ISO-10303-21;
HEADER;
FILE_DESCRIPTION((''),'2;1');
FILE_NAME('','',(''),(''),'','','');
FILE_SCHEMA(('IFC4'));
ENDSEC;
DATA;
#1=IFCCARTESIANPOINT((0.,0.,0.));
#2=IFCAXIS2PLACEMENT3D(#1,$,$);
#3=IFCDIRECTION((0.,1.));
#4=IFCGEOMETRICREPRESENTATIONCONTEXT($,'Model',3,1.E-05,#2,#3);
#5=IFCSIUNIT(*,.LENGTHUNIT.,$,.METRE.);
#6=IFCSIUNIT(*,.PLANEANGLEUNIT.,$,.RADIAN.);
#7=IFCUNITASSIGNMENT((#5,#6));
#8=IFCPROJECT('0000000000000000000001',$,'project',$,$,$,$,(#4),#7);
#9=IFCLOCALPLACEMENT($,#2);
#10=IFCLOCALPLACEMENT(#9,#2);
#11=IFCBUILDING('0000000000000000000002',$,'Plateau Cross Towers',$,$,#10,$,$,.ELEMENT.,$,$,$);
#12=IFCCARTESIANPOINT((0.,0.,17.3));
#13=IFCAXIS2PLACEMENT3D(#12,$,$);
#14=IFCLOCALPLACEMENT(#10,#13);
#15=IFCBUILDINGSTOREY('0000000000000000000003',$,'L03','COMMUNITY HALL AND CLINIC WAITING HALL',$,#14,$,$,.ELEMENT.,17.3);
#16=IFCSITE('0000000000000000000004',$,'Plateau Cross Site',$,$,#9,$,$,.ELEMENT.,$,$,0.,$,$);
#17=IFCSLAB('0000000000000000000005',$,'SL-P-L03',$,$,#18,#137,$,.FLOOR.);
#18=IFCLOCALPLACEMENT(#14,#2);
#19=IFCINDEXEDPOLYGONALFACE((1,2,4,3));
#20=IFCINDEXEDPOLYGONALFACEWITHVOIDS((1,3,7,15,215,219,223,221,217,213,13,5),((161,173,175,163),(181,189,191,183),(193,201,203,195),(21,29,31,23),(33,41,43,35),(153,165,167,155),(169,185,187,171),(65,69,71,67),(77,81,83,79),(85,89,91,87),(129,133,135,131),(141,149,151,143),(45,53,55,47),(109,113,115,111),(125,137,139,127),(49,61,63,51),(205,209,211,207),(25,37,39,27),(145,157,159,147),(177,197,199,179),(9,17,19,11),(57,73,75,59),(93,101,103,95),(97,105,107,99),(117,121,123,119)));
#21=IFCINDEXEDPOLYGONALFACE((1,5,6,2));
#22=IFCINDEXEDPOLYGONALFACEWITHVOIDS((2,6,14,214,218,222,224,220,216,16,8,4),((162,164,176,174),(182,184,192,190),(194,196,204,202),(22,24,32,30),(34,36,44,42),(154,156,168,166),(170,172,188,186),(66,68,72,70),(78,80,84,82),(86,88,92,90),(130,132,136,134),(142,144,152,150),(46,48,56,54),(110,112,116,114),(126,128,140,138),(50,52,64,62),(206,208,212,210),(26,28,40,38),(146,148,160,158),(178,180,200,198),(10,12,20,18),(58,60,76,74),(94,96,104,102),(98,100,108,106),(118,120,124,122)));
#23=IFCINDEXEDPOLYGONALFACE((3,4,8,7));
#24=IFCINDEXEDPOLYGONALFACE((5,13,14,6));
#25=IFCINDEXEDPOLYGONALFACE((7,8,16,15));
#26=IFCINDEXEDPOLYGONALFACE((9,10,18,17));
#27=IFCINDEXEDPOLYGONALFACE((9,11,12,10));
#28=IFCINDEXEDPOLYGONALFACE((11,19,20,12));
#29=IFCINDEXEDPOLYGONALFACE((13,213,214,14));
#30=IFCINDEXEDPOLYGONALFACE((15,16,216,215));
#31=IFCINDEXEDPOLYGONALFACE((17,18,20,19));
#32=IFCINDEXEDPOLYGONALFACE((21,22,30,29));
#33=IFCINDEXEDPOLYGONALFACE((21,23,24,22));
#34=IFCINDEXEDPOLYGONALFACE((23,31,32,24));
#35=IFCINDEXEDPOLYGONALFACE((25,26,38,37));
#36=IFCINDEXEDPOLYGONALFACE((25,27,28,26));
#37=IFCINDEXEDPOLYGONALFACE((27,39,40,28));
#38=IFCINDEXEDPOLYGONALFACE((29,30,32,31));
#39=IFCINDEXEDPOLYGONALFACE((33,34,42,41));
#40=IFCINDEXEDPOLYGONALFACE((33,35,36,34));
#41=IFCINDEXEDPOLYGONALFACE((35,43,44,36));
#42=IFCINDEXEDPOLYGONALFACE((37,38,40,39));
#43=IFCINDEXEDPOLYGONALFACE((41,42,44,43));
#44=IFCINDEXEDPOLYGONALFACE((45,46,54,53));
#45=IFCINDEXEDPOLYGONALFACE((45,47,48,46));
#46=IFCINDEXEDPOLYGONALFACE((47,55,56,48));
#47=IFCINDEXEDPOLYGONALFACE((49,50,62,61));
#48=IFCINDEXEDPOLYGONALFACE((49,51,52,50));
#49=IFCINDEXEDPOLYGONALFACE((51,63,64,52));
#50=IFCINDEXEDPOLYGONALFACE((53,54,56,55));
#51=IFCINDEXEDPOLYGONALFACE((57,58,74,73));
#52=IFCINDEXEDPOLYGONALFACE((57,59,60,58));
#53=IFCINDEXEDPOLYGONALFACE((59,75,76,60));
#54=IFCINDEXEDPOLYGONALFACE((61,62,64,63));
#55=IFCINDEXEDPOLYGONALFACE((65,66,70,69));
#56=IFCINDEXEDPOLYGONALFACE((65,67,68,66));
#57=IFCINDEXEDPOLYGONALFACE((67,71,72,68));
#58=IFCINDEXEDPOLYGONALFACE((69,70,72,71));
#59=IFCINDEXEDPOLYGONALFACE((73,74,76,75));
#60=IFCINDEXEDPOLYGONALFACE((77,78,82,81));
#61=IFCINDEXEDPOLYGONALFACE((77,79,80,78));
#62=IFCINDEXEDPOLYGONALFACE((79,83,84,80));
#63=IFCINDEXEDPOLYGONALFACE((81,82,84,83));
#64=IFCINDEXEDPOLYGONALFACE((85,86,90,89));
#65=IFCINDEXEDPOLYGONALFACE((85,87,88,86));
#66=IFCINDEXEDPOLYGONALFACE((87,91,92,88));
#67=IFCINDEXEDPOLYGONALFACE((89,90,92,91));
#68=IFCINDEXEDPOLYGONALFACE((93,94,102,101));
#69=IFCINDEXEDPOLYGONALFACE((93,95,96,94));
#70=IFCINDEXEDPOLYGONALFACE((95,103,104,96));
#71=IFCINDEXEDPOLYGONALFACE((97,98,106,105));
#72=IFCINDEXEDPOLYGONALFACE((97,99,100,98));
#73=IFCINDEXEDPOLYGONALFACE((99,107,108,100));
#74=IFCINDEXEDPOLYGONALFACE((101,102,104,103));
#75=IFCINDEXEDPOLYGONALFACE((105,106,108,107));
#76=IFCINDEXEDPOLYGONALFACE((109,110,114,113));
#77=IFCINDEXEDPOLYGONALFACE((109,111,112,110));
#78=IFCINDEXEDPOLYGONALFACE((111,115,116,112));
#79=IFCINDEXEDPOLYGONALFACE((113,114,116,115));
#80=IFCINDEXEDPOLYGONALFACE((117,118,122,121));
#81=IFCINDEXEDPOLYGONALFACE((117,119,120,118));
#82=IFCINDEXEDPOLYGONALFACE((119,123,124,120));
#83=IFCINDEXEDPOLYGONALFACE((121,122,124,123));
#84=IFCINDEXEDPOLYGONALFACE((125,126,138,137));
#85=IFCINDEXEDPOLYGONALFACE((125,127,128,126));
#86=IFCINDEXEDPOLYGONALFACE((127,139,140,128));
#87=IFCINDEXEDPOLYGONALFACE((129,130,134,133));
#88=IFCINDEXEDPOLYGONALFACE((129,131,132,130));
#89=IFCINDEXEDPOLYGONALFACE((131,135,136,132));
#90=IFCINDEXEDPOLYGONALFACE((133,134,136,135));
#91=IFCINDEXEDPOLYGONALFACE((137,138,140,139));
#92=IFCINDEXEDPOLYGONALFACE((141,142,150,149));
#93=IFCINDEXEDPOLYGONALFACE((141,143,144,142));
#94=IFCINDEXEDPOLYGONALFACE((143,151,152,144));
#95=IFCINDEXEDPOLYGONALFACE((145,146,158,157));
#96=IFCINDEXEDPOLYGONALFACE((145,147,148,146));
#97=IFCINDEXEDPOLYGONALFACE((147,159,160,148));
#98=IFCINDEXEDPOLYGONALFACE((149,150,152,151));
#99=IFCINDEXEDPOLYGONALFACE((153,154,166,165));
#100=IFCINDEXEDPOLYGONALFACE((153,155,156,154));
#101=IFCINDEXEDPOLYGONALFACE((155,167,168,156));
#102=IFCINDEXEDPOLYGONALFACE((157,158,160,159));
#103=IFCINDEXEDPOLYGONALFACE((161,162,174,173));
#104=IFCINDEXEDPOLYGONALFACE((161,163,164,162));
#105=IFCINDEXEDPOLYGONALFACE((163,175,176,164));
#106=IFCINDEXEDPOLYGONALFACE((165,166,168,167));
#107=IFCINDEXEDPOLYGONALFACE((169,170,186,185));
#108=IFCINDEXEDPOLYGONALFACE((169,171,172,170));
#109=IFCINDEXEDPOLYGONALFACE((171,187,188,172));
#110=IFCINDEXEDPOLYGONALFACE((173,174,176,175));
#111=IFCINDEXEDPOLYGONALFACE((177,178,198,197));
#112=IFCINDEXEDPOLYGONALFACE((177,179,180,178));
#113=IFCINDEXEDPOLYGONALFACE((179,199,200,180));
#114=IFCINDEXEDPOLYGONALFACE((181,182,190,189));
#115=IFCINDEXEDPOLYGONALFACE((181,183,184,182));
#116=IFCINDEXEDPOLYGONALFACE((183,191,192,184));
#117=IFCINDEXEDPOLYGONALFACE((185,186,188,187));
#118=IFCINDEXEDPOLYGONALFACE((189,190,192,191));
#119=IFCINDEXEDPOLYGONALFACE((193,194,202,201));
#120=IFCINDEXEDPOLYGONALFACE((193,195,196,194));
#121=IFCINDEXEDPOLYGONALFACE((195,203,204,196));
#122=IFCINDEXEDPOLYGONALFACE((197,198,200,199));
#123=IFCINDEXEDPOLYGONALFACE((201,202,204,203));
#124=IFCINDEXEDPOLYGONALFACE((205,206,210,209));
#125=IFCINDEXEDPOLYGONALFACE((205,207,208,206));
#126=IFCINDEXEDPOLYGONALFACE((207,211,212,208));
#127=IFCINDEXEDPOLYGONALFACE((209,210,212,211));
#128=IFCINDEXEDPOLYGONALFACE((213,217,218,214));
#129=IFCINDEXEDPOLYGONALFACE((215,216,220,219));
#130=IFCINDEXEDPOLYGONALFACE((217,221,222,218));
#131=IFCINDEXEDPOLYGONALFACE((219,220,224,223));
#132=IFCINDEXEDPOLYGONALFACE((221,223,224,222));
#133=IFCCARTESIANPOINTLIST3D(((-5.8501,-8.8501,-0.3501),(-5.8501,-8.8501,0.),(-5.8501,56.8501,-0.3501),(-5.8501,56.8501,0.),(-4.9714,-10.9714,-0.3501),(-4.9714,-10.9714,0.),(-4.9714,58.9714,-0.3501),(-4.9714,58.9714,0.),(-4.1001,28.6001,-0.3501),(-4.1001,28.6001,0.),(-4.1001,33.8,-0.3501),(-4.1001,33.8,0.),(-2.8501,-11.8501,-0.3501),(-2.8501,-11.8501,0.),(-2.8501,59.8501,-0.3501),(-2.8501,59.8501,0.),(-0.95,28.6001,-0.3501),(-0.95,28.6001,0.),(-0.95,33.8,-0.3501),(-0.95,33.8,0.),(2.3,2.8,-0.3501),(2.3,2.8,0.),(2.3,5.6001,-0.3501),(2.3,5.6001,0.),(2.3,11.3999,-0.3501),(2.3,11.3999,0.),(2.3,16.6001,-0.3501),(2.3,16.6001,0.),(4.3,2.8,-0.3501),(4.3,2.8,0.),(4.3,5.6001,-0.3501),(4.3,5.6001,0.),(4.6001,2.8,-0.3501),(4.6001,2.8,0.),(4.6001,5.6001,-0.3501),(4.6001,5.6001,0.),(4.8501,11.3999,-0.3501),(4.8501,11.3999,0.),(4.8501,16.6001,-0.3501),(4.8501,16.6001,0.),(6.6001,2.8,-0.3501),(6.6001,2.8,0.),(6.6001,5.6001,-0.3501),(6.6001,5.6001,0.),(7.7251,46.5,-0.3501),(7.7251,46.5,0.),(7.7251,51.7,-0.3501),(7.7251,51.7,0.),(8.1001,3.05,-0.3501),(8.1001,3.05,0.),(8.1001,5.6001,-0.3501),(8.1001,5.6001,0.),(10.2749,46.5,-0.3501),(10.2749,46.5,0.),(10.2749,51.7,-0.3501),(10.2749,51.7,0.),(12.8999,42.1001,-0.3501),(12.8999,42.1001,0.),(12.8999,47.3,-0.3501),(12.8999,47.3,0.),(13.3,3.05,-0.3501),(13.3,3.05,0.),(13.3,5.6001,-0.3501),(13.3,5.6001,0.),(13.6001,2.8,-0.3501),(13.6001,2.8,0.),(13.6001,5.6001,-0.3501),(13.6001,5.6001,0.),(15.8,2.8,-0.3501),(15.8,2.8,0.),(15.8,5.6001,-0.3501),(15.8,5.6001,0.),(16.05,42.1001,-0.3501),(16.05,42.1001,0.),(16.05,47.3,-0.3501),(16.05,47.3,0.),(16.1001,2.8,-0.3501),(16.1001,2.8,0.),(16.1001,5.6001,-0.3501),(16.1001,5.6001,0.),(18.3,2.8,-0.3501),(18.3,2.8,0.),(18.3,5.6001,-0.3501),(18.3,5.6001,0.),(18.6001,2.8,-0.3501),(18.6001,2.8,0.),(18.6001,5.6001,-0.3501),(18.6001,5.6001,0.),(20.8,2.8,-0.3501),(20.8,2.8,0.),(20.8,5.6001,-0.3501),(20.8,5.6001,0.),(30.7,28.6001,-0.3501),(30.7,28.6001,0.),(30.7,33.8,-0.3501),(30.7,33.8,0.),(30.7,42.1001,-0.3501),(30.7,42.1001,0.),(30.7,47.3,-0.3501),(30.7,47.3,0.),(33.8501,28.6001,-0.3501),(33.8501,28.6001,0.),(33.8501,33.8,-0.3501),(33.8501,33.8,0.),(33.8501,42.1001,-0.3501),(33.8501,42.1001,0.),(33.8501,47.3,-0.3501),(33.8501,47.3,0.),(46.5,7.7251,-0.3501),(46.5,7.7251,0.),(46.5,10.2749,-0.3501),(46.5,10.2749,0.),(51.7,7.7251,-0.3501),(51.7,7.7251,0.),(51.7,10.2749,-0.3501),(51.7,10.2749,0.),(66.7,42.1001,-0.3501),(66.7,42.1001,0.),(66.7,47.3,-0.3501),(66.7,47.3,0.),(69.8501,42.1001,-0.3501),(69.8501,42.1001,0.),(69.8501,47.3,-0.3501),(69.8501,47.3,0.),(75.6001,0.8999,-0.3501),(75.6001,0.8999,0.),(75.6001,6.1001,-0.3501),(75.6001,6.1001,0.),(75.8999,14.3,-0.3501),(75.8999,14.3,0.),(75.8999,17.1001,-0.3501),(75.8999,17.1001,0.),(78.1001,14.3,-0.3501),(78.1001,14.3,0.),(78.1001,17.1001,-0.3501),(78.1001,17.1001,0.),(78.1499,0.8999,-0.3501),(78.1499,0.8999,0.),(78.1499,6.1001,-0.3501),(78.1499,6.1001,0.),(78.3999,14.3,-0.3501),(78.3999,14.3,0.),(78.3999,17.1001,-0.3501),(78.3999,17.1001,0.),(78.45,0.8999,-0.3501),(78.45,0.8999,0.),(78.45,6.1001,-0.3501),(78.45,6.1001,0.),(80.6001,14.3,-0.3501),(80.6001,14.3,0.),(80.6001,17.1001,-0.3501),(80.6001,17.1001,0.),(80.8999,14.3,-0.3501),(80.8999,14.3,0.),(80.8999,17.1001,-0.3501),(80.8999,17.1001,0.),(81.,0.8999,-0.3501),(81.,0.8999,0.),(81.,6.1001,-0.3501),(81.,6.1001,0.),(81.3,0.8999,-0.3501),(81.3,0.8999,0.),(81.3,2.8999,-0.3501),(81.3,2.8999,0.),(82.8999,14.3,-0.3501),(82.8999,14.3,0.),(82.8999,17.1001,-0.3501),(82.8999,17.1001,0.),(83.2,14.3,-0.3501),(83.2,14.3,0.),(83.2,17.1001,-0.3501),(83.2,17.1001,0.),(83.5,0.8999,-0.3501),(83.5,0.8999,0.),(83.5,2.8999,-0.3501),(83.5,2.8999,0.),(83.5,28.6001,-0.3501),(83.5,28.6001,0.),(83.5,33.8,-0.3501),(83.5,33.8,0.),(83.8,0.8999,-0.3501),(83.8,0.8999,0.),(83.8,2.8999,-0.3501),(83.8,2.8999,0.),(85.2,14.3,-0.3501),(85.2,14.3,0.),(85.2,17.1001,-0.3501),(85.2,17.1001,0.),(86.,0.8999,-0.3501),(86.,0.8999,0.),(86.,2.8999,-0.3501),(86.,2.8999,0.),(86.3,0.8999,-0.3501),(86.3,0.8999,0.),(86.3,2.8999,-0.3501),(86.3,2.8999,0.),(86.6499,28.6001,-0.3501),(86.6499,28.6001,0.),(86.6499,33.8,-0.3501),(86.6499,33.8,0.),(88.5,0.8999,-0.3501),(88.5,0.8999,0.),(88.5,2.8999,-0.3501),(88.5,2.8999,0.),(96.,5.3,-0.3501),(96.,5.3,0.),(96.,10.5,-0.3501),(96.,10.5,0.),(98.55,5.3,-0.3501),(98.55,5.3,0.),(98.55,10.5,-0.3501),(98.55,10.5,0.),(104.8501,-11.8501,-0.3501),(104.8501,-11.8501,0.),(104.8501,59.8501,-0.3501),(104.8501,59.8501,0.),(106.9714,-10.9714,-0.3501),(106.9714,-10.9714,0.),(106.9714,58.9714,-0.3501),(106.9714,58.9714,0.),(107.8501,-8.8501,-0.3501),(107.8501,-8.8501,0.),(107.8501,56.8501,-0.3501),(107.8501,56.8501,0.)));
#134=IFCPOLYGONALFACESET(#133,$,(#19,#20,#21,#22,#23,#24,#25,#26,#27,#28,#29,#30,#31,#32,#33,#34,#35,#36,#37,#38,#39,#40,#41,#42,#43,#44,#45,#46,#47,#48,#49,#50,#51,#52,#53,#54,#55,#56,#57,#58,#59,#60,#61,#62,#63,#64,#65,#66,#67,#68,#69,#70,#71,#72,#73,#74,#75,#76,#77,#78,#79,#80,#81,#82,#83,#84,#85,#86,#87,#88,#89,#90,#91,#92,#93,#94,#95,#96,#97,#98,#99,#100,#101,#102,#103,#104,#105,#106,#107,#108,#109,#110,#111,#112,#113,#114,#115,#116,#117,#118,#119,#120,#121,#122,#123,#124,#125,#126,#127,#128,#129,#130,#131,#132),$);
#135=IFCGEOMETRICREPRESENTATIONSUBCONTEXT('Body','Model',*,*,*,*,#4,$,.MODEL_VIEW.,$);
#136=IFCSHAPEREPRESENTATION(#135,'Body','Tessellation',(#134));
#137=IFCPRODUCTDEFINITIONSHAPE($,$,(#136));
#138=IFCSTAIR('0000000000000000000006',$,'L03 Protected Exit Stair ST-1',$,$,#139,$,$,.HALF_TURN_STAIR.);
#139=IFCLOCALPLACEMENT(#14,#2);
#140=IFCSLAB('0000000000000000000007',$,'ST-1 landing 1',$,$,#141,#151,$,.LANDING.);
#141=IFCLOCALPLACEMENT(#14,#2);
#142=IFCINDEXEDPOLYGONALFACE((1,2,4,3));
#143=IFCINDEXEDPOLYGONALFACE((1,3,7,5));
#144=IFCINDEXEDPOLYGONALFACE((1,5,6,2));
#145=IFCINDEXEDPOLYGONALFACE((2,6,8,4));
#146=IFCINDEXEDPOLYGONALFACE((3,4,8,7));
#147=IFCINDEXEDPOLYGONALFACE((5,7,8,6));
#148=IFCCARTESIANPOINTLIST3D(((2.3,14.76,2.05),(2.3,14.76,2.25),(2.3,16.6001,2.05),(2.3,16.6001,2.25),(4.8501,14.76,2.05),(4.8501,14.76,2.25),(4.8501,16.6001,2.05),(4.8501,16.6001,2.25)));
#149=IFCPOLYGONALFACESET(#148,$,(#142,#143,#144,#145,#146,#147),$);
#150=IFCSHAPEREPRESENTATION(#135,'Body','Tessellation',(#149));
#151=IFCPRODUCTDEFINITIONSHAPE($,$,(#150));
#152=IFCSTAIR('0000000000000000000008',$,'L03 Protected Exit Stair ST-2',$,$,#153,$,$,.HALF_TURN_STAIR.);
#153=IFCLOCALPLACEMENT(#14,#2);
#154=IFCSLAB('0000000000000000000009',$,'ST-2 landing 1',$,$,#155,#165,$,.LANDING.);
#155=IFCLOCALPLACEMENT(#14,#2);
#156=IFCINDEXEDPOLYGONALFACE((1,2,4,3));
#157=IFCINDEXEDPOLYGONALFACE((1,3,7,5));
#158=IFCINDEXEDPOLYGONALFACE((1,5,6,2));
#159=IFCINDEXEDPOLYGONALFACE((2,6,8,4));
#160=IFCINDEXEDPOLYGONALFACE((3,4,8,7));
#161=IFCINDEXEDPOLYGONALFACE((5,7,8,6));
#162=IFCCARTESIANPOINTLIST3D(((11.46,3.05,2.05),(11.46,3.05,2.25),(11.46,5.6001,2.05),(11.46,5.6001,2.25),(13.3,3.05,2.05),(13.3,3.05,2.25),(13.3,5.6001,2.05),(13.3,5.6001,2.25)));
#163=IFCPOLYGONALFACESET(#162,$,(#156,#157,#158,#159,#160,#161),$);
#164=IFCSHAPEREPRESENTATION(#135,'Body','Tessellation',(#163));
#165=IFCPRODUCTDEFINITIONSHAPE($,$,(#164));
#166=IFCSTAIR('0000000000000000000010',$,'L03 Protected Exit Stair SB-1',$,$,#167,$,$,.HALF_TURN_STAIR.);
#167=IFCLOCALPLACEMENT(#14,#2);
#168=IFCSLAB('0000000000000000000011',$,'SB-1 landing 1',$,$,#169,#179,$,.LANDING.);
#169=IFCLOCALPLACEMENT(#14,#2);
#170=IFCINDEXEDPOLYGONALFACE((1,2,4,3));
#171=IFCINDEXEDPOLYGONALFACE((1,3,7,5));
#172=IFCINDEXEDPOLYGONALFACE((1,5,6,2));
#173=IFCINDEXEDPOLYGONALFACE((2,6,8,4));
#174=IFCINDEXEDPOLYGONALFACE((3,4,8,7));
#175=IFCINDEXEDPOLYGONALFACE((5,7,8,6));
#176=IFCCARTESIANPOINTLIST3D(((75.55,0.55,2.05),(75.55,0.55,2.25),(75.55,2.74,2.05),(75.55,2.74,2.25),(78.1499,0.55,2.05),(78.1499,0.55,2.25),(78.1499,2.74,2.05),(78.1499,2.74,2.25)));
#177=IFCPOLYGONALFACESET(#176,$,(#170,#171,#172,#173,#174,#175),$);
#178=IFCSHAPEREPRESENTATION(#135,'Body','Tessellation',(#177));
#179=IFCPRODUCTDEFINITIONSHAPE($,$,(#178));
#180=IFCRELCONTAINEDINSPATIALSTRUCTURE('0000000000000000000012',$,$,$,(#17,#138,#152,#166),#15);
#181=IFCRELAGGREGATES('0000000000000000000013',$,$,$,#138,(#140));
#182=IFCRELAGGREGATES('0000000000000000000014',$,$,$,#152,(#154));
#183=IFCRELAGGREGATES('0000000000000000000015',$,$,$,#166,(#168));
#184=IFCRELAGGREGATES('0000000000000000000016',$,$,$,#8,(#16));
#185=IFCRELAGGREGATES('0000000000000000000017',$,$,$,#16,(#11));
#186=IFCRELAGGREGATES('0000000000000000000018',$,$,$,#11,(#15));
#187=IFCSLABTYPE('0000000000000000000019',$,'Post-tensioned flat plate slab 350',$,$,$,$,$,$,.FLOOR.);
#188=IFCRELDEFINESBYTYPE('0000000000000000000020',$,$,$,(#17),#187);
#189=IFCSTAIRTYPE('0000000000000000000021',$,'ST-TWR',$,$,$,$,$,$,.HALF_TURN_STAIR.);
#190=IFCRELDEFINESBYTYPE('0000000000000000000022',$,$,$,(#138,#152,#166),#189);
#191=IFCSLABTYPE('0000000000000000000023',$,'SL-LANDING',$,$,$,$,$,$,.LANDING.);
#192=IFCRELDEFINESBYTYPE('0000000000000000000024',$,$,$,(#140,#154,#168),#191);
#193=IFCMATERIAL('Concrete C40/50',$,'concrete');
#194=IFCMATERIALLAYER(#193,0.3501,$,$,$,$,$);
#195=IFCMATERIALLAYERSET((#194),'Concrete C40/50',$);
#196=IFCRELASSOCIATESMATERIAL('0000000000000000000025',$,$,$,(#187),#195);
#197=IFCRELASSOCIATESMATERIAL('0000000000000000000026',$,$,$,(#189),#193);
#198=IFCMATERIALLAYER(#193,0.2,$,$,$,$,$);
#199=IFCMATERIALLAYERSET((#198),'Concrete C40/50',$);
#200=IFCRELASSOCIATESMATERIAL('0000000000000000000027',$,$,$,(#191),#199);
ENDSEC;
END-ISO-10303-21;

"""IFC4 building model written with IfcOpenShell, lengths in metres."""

from ifc_helpers import new_model, si_unit, direction, frame, origin, place, context, subcontext, project, spatial, polyline, outline, extrude, material, layer, layer_set, type_object, element, aggregate, save


model = new_model("IFC4")

# Units and contexts
model_context = context("Model", 3, precision=1e-05, world=origin(), true_north=direction((0.0, 1.0)))
body_context = subcontext(model_context, "Body", "Model", "MODEL_VIEW")
ifc_project = project(units=[si_unit("LENGTHUNIT", "METRE"), si_unit("PLANEANGLEUNIT", "RADIAN")], contexts=[model_context])

# Site, building, storey
site_placement = place(None, origin())
site = spatial("IfcSite", under=ifc_project, at=site_placement, Name="Plateau Cross Site", CompositionType="ELEMENT", RefElevation=0.0)
building_placement = place(site_placement, origin())
building = spatial("IfcBuilding", under=site, at=building_placement, Name="Plateau Cross Towers", CompositionType="ELEMENT")
storey_placement = place(building_placement, frame((0.0, 0.0, 17.3)))
storey = spatial("IfcBuildingStorey", under=building, at=storey_placement, Name="L03", Description="COMMUNITY HALL AND CLINIC WAITING HALL", CompositionType="ELEMENT", Elevation=17.3)

# Slab
ifc_material_1 = material(Name="Concrete C40/50", Category="concrete")
ifc_layer_1 = layer(ifc_material_1, 0.3501)
ifc_layer_set_1 = layer_set([ifc_layer_1], Name="Concrete C40/50")
slab_type_1 = type_object("IfcSlabType", Name="Post-tensioned flat plate slab 350", PredefinedType="FLOOR", material=ifc_layer_set_1)
slab_1_placement = place(storey_placement, frame((0.0, 0.0, -0.3501)))
element("IfcSlab", 1, at=slab_1_placement, inside=storey, type_object=slab_type_1, Name="SL-P-L03", PredefinedType="FLOOR", context=body_context, shape_type="SweptSolid", body=[
    extrude(outline(polyline([(-4.9714, -10.9714), (-5.8501, -8.8501), (-5.8501, 56.8501), (-4.9714, 58.9714), (-2.8501, 59.8501), (104.8501, 59.8501), (106.9714, 58.9714), (107.8501, 56.8501), (107.8501, -8.8501), (106.9714, -10.9714), (104.8501, -11.8501), (-2.8501, -11.8501), (-4.9714, -10.9714)]), holes=[polyline([(4.3, 2.8), (4.3, 5.6001), (2.3, 5.6001), (2.3, 2.8), (4.3, 2.8)]), polyline([(4.6001, 2.8), (6.6001, 2.8), (6.6001, 5.6001), (4.6001, 5.6001), (4.6001, 2.8)]), polyline([(13.6001, 2.8), (15.8, 2.8), (15.8, 5.6001), (13.6001, 5.6001), (13.6001, 2.8)]), polyline([(18.3, 2.8), (18.3, 5.6001), (16.1001, 5.6001), (16.1001, 2.8), (18.3, 2.8)]), polyline([(18.6001, 2.8), (20.8, 2.8), (20.8, 5.6001), (18.6001, 5.6001), (18.6001, 2.8)]), polyline([(8.1001, 3.05), (13.3, 3.05), (13.3, 5.6001), (8.1001, 5.6001), (8.1001, 3.05)]), polyline([(51.7, 7.7251), (51.7, 10.2749), (46.5, 10.2749), (46.5, 7.7251), (51.7, 7.7251)]), polyline([(4.8501, 11.3999), (4.8501, 16.6001), (2.3, 16.6001), (2.3, 11.3999), (4.8501, 11.3999)]), polyline([(-0.95, 28.6001), (-0.95, 33.8), (-4.1001, 33.8), (-4.1001, 28.6001), (-0.95, 28.6001)]), polyline([(33.8501, 33.8), (30.7, 33.8), (30.7, 28.6001), (33.8501, 28.6001), (33.8501, 33.8)]), polyline([(16.05, 42.1001), (16.05, 47.3), (12.8999, 47.3), (12.8999, 42.1001), (16.05, 42.1001)]), polyline([(33.8501, 42.1001), (33.8501, 47.3), (30.7, 47.3), (30.7, 42.1001), (33.8501, 42.1001)]), polyline([(10.2749, 51.7), (7.7251, 51.7), (7.7251, 46.5), (10.2749, 46.5), (10.2749, 51.7)]), polyline([(81.3, 0.8999), (83.5, 0.8999), (83.5, 2.8999), (81.3, 2.8999), (81.3, 0.8999)]), polyline([(83.8, 0.8999), (86.0, 0.8999), (86.0, 2.8999), (83.8, 2.8999), (83.8, 0.8999)]), polyline([(88.5, 0.8999), (88.5, 2.8999), (86.3, 2.8999), (86.3, 0.8999), (88.5, 0.8999)]), polyline([(75.6001, 6.1001), (75.6001, 0.8999), (78.1499, 0.8999), (78.1499, 6.1001), (75.6001, 6.1001)]), polyline([(78.45, 6.1001), (78.45, 0.8999), (81.0, 0.8999), (81.0, 6.1001), (78.45, 6.1001)]), polyline([(96.0, 5.3), (98.55, 5.3), (98.55, 10.5), (96.0, 10.5), (96.0, 5.3)]), polyline([(75.8999, 14.3), (78.1001, 14.3), (78.1001, 17.1001), (75.8999, 17.1001), (75.8999, 14.3)]), polyline([(78.3999, 14.3), (80.6001, 14.3), (80.6001, 17.1001), (78.3999, 17.1001), (78.3999, 14.3)]), polyline([(80.8999, 14.3), (82.8999, 14.3), (82.8999, 17.1001), (80.8999, 17.1001), (80.8999, 14.3)]), polyline([(83.2, 14.3), (85.2, 14.3), (85.2, 17.1001), (83.2, 17.1001), (83.2, 14.3)]), polyline([(86.6499, 28.6001), (86.6499, 33.8), (83.5, 33.8), (83.5, 28.6001), (86.6499, 28.6001)]), polyline([(69.8501, 42.1001), (69.8501, 47.3), (66.7, 47.3), (66.7, 42.1001), (69.8501, 42.1001)])]), origin(), (0.0, 0.0, 1.0), 0.3501),
])

# Stairs, slabs
stair_type = type_object("IfcStairType", Name="ST-TWR", PredefinedType="HALF_TURN_STAIR", material=ifc_material_1)
stair_1_placement = place(storey_placement, origin())
stair_1 = element("IfcStair", 2, at=stair_1_placement, inside=storey, type_object=stair_type, Name="L03 Protected Exit Stair ST-1", PredefinedType="HALF_TURN_STAIR")
ifc_layer_2 = layer(ifc_material_1, 0.2)
ifc_layer_set_2 = layer_set([ifc_layer_2], Name="Concrete C40/50")
slab_type_2 = type_object("IfcSlabType", Name="SL-LANDING", PredefinedType="LANDING", material=ifc_layer_set_2)
slab_2_placement = place(storey_placement, frame((0.0, 0.0, 2.05)))
slab_2 = element("IfcSlab", 3, at=slab_2_placement, type_object=slab_type_2, Name="ST-1 landing 1", PredefinedType="LANDING", context=body_context, shape_type="SweptSolid", body=[
    extrude(outline(polyline([(4.8501, 14.76), (4.8501, 16.6001), (2.3, 16.6001), (2.3, 14.76), (4.8501, 14.76)])), origin(), (0.0, 0.0, 1.0), 0.2),
])
aggregate(stair_1, [slab_2])
stair_2_placement = place(storey_placement, origin())
stair_2 = element("IfcStair", 4, at=stair_2_placement, inside=storey, type_object=stair_type, Name="L03 Protected Exit Stair ST-2", PredefinedType="HALF_TURN_STAIR")
slab_3_placement = place(storey_placement, frame((0.0, 0.0, 2.05)))
slab_3 = element("IfcSlab", 5, at=slab_3_placement, type_object=slab_type_2, Name="ST-2 landing 1", PredefinedType="LANDING", context=body_context, shape_type="SweptSolid", body=[
    extrude(outline(polyline([(11.46, 3.05), (13.3, 3.05), (13.3, 5.6001), (11.46, 5.6001), (11.46, 3.05)])), origin(), (0.0, 0.0, 1.0), 0.2),
])
aggregate(stair_2, [slab_3])
stair_3_placement = place(storey_placement, origin())
stair_3 = element("IfcStair", 6, at=stair_3_placement, inside=storey, type_object=stair_type, Name="L03 Protected Exit Stair SB-1", PredefinedType="HALF_TURN_STAIR")
slab_4_placement = place(storey_placement, frame((0.0, 0.0, 2.05)))
slab_4 = element("IfcSlab", 7, at=slab_4_placement, type_object=slab_type_2, Name="SB-1 landing 1", PredefinedType="LANDING", context=body_context, shape_type="SweptSolid", body=[
    extrude(outline(polyline([(75.55, 2.74), (75.55, 0.55), (78.1499, 0.55), (78.1499, 2.74), (75.55, 2.74)])), origin(), (0.0, 0.0, 1.0), 0.2),
])
aggregate(stair_3, [slab_4])

save(model, "model.ifc")
